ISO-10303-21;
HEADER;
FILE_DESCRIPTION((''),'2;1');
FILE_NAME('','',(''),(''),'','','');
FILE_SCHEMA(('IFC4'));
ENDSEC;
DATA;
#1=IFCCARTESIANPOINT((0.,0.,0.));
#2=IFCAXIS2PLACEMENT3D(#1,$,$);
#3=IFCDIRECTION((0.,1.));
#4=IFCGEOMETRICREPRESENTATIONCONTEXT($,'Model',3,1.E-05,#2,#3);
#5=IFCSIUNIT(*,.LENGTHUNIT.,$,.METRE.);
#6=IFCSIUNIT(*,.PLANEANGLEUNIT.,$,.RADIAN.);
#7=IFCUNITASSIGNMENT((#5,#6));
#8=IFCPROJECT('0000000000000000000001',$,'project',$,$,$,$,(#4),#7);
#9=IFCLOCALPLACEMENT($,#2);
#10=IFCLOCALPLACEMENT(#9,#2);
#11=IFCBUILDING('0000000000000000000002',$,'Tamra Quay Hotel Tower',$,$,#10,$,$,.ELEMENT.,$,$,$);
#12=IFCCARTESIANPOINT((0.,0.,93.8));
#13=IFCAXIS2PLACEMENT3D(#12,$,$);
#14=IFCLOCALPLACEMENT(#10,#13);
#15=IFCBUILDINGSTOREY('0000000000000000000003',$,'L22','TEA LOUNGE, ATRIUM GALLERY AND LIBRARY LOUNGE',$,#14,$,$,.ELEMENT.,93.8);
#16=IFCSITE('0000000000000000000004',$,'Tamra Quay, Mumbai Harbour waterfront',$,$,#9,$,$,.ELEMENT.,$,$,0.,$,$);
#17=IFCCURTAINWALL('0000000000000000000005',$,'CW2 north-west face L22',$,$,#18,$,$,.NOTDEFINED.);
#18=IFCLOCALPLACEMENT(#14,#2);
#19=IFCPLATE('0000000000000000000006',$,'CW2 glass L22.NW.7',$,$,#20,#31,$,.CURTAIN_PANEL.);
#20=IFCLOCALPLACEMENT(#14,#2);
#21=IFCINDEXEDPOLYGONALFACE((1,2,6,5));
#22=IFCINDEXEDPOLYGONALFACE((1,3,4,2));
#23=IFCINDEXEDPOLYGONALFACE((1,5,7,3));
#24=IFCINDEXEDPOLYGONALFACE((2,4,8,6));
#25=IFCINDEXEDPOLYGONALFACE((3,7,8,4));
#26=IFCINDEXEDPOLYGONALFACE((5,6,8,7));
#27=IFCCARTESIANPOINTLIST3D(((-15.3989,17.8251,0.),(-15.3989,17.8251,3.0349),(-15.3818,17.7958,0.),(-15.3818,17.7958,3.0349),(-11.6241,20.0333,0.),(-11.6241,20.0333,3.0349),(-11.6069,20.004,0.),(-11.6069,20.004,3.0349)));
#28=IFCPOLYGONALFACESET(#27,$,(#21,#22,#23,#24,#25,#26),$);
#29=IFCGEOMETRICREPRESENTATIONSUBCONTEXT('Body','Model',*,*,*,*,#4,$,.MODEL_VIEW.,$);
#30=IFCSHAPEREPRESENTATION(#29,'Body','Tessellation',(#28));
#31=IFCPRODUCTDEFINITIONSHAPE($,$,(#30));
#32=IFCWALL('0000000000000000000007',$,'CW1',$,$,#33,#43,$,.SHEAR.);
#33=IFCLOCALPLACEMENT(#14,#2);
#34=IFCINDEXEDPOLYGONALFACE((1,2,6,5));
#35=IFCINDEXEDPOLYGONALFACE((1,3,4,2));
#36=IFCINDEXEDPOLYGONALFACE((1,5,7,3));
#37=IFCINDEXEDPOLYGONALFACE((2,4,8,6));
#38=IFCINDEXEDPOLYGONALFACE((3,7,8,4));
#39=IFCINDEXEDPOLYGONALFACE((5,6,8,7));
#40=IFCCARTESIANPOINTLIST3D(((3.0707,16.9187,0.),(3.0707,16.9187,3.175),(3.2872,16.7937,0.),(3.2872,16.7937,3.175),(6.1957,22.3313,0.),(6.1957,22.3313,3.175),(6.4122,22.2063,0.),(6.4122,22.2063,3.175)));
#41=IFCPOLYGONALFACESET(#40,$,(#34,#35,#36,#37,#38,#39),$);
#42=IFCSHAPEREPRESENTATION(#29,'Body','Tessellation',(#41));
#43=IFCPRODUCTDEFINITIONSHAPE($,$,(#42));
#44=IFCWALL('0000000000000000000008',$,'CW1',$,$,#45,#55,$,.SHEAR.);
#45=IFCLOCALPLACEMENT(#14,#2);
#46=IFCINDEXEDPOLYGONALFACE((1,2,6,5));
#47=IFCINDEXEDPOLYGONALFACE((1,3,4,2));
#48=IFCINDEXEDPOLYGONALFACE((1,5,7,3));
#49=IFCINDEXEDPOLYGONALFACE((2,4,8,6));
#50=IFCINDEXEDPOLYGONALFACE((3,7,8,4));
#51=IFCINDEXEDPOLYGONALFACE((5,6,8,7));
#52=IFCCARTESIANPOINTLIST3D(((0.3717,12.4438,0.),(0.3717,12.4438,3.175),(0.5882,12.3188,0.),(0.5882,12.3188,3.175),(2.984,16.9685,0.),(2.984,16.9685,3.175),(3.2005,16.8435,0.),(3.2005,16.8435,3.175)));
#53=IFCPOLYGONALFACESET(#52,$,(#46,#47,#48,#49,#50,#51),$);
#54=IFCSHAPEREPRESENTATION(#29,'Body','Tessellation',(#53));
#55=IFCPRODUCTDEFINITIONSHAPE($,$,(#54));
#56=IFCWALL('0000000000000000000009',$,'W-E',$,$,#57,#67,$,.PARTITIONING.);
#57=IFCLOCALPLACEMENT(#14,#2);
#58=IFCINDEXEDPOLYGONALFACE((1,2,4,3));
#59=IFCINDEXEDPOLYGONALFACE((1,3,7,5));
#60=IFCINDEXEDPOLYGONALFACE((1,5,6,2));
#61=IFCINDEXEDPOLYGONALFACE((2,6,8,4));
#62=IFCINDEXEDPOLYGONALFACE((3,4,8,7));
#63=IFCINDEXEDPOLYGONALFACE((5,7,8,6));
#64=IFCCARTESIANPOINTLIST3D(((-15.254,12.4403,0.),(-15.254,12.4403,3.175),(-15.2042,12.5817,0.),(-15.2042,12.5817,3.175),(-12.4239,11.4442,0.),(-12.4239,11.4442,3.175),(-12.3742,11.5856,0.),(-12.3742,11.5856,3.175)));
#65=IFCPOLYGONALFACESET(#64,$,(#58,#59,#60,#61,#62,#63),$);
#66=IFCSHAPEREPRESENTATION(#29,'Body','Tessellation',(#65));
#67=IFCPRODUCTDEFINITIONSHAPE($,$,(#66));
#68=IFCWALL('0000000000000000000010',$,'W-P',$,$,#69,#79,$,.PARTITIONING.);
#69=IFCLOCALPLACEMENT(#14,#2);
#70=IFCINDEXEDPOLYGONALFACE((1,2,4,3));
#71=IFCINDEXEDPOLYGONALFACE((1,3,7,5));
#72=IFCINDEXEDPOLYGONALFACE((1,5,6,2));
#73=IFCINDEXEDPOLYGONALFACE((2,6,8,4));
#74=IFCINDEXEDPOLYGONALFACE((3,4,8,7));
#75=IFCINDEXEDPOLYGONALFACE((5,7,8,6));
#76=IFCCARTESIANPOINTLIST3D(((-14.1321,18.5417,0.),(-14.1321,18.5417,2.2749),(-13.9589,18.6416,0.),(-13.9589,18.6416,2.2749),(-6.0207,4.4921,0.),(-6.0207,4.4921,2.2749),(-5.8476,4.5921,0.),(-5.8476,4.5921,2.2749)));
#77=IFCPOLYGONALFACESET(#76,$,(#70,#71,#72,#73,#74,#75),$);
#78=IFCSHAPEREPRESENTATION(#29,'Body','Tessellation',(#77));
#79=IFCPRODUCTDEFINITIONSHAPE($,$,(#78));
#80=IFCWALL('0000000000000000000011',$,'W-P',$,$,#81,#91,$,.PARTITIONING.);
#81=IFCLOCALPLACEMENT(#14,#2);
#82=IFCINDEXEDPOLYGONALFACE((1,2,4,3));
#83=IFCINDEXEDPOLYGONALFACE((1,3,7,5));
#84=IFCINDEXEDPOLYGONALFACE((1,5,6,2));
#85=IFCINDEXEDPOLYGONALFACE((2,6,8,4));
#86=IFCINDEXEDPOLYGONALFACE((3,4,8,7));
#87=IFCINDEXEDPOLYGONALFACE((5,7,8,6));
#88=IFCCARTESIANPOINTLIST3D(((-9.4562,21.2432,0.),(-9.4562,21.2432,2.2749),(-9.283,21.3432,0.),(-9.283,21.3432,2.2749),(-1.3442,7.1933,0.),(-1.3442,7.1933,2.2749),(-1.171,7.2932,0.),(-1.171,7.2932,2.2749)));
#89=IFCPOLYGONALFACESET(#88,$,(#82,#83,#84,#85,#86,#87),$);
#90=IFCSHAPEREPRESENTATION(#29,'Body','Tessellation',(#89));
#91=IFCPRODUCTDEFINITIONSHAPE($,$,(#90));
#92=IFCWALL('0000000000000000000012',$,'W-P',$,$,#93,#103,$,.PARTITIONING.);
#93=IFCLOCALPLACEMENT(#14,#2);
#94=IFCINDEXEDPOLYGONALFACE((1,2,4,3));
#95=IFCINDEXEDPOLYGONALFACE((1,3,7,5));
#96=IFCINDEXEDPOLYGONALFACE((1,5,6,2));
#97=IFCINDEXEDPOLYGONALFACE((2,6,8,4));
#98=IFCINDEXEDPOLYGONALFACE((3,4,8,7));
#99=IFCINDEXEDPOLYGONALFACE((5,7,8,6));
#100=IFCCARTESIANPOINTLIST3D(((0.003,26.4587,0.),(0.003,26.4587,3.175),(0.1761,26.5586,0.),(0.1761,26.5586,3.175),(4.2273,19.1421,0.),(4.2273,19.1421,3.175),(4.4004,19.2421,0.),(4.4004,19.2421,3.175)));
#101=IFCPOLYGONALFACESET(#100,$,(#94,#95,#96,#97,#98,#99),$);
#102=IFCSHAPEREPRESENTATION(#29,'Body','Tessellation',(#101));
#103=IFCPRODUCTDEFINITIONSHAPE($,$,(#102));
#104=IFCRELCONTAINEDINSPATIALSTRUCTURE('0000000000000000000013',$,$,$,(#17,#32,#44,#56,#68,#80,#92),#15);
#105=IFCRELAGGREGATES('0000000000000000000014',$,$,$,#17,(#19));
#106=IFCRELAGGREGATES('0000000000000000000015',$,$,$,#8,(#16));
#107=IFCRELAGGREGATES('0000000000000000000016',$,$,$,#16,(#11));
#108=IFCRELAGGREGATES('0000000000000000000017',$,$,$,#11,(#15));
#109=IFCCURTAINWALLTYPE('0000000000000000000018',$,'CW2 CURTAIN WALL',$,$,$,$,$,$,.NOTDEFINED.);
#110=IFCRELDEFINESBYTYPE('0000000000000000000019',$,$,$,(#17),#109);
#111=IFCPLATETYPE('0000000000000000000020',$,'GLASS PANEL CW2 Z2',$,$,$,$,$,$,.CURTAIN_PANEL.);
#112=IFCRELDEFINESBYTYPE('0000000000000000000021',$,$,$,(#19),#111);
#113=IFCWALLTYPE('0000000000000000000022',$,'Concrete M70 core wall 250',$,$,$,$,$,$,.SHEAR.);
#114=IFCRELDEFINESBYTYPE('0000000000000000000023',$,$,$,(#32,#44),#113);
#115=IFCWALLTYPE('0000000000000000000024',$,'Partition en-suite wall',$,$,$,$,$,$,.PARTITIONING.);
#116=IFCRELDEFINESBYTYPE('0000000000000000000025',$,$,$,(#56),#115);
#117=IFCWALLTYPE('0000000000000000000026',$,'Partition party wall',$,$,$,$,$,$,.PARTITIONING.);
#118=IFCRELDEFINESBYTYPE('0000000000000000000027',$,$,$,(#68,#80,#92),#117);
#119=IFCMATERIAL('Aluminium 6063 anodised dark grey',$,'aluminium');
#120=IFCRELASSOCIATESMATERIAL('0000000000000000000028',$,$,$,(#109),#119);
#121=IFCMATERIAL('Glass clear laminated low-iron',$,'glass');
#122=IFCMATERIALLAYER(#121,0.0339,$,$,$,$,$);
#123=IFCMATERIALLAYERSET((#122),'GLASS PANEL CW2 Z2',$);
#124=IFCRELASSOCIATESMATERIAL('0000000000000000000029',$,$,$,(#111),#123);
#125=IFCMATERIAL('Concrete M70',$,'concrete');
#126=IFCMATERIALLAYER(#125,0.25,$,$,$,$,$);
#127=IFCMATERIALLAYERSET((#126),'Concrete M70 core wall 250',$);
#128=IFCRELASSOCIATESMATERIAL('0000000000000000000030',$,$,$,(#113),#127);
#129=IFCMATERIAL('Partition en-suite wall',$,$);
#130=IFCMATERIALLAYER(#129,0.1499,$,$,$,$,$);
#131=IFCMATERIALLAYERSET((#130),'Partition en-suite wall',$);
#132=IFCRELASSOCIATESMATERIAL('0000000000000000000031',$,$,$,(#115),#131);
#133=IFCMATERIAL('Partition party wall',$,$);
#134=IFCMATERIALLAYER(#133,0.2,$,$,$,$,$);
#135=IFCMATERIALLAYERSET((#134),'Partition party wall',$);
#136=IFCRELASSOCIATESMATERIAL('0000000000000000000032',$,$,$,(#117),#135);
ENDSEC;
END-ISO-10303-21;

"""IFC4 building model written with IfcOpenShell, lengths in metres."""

from ifc_helpers import new_model, si_unit, direction, frame, frame_2d, origin, origin_2d, place, context, subcontext, project, spatial, rectangle, extrude, material, layer, layer_set, type_object, element, aggregate, save


model = new_model("IFC4")

# Units and contexts
model_context = context("Model", 3, precision=1e-05, world=origin(), true_north=direction((0.0, 1.0)))
body_context = subcontext(model_context, "Body", "Model", "MODEL_VIEW")
ifc_project = project(units=[si_unit("LENGTHUNIT", "METRE"), si_unit("PLANEANGLEUNIT", "RADIAN")], contexts=[model_context])

# Site, building, storey
site_placement = place(None, origin())
site = spatial("IfcSite", under=ifc_project, at=site_placement, Name="Tamra Quay, Mumbai Harbour waterfront", CompositionType="ELEMENT", RefElevation=0.0)
building_placement = place(site_placement, origin())
building = spatial("IfcBuilding", under=site, at=building_placement, Name="Tamra Quay Hotel Tower", CompositionType="ELEMENT")
storey_placement = place(building_placement, frame((0.0, 0.0, 93.8)))
storey = spatial("IfcBuildingStorey", under=building, at=storey_placement, Name="L22", Description="TEA LOUNGE, ATRIUM GALLERY AND LIBRARY LOUNGE", CompositionType="ELEMENT", Elevation=93.8)

# Shared definitions
ifc_material_1 = material(Name="Concrete M70", Category="concrete")

# Curtain wall, plate
ifc_material_2 = material(Name="Aluminium 6063 anodised dark grey", Category="aluminium")
curtain_wall_type = type_object("IfcCurtainWallType", Name="CW2 CURTAIN WALL", PredefinedType="NOTDEFINED", material=ifc_material_2)
curtain_wall_placement = place(storey_placement, origin())
curtain_wall = element("IfcCurtainWall", 1, at=curtain_wall_placement, inside=storey, type_object=curtain_wall_type, Name="CW2 north-west face L22", PredefinedType="NOTDEFINED")
ifc_material_3 = material(Name="Glass clear laminated low-iron", Category="glass")
ifc_layer_1 = layer(ifc_material_3, 0.0339)
ifc_layer_set_1 = layer_set([ifc_layer_1], Name="GLASS PANEL CW2 Z2")
plate_type = type_object("IfcPlateType", Name="GLASS PANEL CW2 Z2", PredefinedType="CURTAIN_PANEL", material=ifc_layer_set_1)
plate_1_placement = place(storey_placement, frame((-13.5029, 18.9146, 0.0), z_axis=(0.0, 0.0, 1.0), x_axis=(-0.863155, -0.504939, 0.0)))
plate_1 = element("IfcPlate", 2, at=plate_1_placement, type_object=plate_type, Name="CW2 glass L22.NW.7", PredefinedType="CURTAIN_PANEL", context=body_context, shape_type="SweptSolid", body=[
    extrude(rectangle(XDim=4.3733, YDim=0.0339, at=origin_2d()), origin(), (0.0, 0.0, 1.0), 3.0349),
])
aggregate(curtain_wall, [plate_1])

# Walls
ifc_layer_2 = layer(ifc_material_1, 0.25)
ifc_layer_set_2 = layer_set([ifc_layer_2], Name="Concrete M70 core wall 250")
wall_type_1 = type_object("IfcWallType", Name="Concrete M70 core wall 250", PredefinedType="SHEAR", material=ifc_layer_set_2)
wall_1_placement = place(storey_placement, frame((3.179, 16.8562, 0.0), z_axis=(0.0, 0.0, 1.0), x_axis=(0.500004, 0.866023, 0.0)))
element("IfcWall", 3, at=wall_1_placement, inside=storey, type_object=wall_type_1, Name="CW1", PredefinedType="SHEAR", context=body_context, shape_type="SweptSolid", body=[
    extrude(rectangle(XDim=6.25, YDim=0.25, at=frame_2d((3.125, 0.0))), origin(), (0.0, 0.0, 1.0), 3.175),
])
wall_2_placement = place(storey_placement, frame((0.48, 12.3813, 0.0), z_axis=(0.0, 0.0, 1.0), x_axis=(0.499999, 0.866026, 0.0)))
element("IfcWall", 4, at=wall_2_placement, inside=storey, type_object=wall_type_1, Name="CW1", PredefinedType="SHEAR", context=body_context, shape_type="SweptSolid", body=[
    extrude(rectangle(XDim=5.2246, YDim=0.25, at=frame_2d((2.6123, 0.0))), origin(), (0.0, 0.0, 1.0), 3.175),
])
ifc_material_4 = material(Name="Partition en-suite wall")
ifc_layer_3 = layer(ifc_material_4, 0.1499)
ifc_layer_set_3 = layer_set([ifc_layer_3], Name="Partition en-suite wall")
wall_type_2 = type_object("IfcWallType", Name="Partition en-suite wall", PredefinedType="PARTITIONING", material=ifc_layer_set_3)
wall_3_placement = place(storey_placement, frame((-15.229, 12.511, 0.0), z_axis=(0.0, 0.0, 1.0), x_axis=(0.943278, -0.332003, 0.0)))
element("IfcWall", 5, at=wall_3_placement, inside=storey, type_object=wall_type_2, Name="W-E", PredefinedType="PARTITIONING", context=body_context, shape_type="SweptSolid", body=[
    extrude(rectangle(XDim=3.0002, YDim=0.1499, at=frame_2d((1.5, 0.0))), origin(), (0.0, 0.0, 1.0), 3.175),
])
ifc_material_5 = material(Name="Partition party wall")
ifc_layer_4 = layer(ifc_material_5, 0.2)
ifc_layer_set_4 = layer_set([ifc_layer_4], Name="Partition party wall")
wall_type_3 = type_object("IfcWallType", Name="Partition party wall", PredefinedType="PARTITIONING", material=ifc_layer_set_4)
wall_4_placement = place(storey_placement, frame((-14.0454, 18.5916, 0.0), z_axis=(0.0, 0.0, 1.0), x_axis=(0.499991, -0.86603, 0.0)))
element("IfcWall", 6, at=wall_4_placement, inside=storey, type_object=wall_type_3, Name="W-P", PredefinedType="PARTITIONING", context=body_context, shape_type="SweptSolid", body=[
    extrude(rectangle(XDim=16.2229, YDim=0.2, at=frame_2d((8.1113, 0.0))), origin(), (0.0, 0.0, 1.0), 2.2749),
])
wall_5_placement = place(storey_placement, frame((-9.3696, 21.2932, 0.0), z_axis=(0.0, 0.0, 1.0), x_axis=(0.500012, -0.866018, 0.0)))
element("IfcWall", 7, at=wall_5_placement, inside=storey, type_object=wall_type_3, Name="W-P", PredefinedType="PARTITIONING", context=body_context, shape_type="SweptSolid", body=[
    extrude(rectangle(XDim=16.2236, YDim=0.2, at=frame_2d((8.1118, 0.0))), origin(), (0.0, 0.0, 1.0), 2.2749),
])
wall_6_placement = place(storey_placement, frame((0.0896, 26.5085, 0.0), z_axis=(0.0, 0.0, 1.0), x_axis=(0.500008, -0.866021, 0.0)))
element("IfcWall", 8, at=wall_6_placement, inside=storey, type_object=wall_type_3, Name="W-P", PredefinedType="PARTITIONING", context=body_context, shape_type="SweptSolid", body=[
    extrude(rectangle(XDim=8.4485, YDim=0.2, at=frame_2d((4.2241, 0.0))), origin(), (0.0, 0.0, 1.0), 3.175),
])

save(model, "model.ifc")
